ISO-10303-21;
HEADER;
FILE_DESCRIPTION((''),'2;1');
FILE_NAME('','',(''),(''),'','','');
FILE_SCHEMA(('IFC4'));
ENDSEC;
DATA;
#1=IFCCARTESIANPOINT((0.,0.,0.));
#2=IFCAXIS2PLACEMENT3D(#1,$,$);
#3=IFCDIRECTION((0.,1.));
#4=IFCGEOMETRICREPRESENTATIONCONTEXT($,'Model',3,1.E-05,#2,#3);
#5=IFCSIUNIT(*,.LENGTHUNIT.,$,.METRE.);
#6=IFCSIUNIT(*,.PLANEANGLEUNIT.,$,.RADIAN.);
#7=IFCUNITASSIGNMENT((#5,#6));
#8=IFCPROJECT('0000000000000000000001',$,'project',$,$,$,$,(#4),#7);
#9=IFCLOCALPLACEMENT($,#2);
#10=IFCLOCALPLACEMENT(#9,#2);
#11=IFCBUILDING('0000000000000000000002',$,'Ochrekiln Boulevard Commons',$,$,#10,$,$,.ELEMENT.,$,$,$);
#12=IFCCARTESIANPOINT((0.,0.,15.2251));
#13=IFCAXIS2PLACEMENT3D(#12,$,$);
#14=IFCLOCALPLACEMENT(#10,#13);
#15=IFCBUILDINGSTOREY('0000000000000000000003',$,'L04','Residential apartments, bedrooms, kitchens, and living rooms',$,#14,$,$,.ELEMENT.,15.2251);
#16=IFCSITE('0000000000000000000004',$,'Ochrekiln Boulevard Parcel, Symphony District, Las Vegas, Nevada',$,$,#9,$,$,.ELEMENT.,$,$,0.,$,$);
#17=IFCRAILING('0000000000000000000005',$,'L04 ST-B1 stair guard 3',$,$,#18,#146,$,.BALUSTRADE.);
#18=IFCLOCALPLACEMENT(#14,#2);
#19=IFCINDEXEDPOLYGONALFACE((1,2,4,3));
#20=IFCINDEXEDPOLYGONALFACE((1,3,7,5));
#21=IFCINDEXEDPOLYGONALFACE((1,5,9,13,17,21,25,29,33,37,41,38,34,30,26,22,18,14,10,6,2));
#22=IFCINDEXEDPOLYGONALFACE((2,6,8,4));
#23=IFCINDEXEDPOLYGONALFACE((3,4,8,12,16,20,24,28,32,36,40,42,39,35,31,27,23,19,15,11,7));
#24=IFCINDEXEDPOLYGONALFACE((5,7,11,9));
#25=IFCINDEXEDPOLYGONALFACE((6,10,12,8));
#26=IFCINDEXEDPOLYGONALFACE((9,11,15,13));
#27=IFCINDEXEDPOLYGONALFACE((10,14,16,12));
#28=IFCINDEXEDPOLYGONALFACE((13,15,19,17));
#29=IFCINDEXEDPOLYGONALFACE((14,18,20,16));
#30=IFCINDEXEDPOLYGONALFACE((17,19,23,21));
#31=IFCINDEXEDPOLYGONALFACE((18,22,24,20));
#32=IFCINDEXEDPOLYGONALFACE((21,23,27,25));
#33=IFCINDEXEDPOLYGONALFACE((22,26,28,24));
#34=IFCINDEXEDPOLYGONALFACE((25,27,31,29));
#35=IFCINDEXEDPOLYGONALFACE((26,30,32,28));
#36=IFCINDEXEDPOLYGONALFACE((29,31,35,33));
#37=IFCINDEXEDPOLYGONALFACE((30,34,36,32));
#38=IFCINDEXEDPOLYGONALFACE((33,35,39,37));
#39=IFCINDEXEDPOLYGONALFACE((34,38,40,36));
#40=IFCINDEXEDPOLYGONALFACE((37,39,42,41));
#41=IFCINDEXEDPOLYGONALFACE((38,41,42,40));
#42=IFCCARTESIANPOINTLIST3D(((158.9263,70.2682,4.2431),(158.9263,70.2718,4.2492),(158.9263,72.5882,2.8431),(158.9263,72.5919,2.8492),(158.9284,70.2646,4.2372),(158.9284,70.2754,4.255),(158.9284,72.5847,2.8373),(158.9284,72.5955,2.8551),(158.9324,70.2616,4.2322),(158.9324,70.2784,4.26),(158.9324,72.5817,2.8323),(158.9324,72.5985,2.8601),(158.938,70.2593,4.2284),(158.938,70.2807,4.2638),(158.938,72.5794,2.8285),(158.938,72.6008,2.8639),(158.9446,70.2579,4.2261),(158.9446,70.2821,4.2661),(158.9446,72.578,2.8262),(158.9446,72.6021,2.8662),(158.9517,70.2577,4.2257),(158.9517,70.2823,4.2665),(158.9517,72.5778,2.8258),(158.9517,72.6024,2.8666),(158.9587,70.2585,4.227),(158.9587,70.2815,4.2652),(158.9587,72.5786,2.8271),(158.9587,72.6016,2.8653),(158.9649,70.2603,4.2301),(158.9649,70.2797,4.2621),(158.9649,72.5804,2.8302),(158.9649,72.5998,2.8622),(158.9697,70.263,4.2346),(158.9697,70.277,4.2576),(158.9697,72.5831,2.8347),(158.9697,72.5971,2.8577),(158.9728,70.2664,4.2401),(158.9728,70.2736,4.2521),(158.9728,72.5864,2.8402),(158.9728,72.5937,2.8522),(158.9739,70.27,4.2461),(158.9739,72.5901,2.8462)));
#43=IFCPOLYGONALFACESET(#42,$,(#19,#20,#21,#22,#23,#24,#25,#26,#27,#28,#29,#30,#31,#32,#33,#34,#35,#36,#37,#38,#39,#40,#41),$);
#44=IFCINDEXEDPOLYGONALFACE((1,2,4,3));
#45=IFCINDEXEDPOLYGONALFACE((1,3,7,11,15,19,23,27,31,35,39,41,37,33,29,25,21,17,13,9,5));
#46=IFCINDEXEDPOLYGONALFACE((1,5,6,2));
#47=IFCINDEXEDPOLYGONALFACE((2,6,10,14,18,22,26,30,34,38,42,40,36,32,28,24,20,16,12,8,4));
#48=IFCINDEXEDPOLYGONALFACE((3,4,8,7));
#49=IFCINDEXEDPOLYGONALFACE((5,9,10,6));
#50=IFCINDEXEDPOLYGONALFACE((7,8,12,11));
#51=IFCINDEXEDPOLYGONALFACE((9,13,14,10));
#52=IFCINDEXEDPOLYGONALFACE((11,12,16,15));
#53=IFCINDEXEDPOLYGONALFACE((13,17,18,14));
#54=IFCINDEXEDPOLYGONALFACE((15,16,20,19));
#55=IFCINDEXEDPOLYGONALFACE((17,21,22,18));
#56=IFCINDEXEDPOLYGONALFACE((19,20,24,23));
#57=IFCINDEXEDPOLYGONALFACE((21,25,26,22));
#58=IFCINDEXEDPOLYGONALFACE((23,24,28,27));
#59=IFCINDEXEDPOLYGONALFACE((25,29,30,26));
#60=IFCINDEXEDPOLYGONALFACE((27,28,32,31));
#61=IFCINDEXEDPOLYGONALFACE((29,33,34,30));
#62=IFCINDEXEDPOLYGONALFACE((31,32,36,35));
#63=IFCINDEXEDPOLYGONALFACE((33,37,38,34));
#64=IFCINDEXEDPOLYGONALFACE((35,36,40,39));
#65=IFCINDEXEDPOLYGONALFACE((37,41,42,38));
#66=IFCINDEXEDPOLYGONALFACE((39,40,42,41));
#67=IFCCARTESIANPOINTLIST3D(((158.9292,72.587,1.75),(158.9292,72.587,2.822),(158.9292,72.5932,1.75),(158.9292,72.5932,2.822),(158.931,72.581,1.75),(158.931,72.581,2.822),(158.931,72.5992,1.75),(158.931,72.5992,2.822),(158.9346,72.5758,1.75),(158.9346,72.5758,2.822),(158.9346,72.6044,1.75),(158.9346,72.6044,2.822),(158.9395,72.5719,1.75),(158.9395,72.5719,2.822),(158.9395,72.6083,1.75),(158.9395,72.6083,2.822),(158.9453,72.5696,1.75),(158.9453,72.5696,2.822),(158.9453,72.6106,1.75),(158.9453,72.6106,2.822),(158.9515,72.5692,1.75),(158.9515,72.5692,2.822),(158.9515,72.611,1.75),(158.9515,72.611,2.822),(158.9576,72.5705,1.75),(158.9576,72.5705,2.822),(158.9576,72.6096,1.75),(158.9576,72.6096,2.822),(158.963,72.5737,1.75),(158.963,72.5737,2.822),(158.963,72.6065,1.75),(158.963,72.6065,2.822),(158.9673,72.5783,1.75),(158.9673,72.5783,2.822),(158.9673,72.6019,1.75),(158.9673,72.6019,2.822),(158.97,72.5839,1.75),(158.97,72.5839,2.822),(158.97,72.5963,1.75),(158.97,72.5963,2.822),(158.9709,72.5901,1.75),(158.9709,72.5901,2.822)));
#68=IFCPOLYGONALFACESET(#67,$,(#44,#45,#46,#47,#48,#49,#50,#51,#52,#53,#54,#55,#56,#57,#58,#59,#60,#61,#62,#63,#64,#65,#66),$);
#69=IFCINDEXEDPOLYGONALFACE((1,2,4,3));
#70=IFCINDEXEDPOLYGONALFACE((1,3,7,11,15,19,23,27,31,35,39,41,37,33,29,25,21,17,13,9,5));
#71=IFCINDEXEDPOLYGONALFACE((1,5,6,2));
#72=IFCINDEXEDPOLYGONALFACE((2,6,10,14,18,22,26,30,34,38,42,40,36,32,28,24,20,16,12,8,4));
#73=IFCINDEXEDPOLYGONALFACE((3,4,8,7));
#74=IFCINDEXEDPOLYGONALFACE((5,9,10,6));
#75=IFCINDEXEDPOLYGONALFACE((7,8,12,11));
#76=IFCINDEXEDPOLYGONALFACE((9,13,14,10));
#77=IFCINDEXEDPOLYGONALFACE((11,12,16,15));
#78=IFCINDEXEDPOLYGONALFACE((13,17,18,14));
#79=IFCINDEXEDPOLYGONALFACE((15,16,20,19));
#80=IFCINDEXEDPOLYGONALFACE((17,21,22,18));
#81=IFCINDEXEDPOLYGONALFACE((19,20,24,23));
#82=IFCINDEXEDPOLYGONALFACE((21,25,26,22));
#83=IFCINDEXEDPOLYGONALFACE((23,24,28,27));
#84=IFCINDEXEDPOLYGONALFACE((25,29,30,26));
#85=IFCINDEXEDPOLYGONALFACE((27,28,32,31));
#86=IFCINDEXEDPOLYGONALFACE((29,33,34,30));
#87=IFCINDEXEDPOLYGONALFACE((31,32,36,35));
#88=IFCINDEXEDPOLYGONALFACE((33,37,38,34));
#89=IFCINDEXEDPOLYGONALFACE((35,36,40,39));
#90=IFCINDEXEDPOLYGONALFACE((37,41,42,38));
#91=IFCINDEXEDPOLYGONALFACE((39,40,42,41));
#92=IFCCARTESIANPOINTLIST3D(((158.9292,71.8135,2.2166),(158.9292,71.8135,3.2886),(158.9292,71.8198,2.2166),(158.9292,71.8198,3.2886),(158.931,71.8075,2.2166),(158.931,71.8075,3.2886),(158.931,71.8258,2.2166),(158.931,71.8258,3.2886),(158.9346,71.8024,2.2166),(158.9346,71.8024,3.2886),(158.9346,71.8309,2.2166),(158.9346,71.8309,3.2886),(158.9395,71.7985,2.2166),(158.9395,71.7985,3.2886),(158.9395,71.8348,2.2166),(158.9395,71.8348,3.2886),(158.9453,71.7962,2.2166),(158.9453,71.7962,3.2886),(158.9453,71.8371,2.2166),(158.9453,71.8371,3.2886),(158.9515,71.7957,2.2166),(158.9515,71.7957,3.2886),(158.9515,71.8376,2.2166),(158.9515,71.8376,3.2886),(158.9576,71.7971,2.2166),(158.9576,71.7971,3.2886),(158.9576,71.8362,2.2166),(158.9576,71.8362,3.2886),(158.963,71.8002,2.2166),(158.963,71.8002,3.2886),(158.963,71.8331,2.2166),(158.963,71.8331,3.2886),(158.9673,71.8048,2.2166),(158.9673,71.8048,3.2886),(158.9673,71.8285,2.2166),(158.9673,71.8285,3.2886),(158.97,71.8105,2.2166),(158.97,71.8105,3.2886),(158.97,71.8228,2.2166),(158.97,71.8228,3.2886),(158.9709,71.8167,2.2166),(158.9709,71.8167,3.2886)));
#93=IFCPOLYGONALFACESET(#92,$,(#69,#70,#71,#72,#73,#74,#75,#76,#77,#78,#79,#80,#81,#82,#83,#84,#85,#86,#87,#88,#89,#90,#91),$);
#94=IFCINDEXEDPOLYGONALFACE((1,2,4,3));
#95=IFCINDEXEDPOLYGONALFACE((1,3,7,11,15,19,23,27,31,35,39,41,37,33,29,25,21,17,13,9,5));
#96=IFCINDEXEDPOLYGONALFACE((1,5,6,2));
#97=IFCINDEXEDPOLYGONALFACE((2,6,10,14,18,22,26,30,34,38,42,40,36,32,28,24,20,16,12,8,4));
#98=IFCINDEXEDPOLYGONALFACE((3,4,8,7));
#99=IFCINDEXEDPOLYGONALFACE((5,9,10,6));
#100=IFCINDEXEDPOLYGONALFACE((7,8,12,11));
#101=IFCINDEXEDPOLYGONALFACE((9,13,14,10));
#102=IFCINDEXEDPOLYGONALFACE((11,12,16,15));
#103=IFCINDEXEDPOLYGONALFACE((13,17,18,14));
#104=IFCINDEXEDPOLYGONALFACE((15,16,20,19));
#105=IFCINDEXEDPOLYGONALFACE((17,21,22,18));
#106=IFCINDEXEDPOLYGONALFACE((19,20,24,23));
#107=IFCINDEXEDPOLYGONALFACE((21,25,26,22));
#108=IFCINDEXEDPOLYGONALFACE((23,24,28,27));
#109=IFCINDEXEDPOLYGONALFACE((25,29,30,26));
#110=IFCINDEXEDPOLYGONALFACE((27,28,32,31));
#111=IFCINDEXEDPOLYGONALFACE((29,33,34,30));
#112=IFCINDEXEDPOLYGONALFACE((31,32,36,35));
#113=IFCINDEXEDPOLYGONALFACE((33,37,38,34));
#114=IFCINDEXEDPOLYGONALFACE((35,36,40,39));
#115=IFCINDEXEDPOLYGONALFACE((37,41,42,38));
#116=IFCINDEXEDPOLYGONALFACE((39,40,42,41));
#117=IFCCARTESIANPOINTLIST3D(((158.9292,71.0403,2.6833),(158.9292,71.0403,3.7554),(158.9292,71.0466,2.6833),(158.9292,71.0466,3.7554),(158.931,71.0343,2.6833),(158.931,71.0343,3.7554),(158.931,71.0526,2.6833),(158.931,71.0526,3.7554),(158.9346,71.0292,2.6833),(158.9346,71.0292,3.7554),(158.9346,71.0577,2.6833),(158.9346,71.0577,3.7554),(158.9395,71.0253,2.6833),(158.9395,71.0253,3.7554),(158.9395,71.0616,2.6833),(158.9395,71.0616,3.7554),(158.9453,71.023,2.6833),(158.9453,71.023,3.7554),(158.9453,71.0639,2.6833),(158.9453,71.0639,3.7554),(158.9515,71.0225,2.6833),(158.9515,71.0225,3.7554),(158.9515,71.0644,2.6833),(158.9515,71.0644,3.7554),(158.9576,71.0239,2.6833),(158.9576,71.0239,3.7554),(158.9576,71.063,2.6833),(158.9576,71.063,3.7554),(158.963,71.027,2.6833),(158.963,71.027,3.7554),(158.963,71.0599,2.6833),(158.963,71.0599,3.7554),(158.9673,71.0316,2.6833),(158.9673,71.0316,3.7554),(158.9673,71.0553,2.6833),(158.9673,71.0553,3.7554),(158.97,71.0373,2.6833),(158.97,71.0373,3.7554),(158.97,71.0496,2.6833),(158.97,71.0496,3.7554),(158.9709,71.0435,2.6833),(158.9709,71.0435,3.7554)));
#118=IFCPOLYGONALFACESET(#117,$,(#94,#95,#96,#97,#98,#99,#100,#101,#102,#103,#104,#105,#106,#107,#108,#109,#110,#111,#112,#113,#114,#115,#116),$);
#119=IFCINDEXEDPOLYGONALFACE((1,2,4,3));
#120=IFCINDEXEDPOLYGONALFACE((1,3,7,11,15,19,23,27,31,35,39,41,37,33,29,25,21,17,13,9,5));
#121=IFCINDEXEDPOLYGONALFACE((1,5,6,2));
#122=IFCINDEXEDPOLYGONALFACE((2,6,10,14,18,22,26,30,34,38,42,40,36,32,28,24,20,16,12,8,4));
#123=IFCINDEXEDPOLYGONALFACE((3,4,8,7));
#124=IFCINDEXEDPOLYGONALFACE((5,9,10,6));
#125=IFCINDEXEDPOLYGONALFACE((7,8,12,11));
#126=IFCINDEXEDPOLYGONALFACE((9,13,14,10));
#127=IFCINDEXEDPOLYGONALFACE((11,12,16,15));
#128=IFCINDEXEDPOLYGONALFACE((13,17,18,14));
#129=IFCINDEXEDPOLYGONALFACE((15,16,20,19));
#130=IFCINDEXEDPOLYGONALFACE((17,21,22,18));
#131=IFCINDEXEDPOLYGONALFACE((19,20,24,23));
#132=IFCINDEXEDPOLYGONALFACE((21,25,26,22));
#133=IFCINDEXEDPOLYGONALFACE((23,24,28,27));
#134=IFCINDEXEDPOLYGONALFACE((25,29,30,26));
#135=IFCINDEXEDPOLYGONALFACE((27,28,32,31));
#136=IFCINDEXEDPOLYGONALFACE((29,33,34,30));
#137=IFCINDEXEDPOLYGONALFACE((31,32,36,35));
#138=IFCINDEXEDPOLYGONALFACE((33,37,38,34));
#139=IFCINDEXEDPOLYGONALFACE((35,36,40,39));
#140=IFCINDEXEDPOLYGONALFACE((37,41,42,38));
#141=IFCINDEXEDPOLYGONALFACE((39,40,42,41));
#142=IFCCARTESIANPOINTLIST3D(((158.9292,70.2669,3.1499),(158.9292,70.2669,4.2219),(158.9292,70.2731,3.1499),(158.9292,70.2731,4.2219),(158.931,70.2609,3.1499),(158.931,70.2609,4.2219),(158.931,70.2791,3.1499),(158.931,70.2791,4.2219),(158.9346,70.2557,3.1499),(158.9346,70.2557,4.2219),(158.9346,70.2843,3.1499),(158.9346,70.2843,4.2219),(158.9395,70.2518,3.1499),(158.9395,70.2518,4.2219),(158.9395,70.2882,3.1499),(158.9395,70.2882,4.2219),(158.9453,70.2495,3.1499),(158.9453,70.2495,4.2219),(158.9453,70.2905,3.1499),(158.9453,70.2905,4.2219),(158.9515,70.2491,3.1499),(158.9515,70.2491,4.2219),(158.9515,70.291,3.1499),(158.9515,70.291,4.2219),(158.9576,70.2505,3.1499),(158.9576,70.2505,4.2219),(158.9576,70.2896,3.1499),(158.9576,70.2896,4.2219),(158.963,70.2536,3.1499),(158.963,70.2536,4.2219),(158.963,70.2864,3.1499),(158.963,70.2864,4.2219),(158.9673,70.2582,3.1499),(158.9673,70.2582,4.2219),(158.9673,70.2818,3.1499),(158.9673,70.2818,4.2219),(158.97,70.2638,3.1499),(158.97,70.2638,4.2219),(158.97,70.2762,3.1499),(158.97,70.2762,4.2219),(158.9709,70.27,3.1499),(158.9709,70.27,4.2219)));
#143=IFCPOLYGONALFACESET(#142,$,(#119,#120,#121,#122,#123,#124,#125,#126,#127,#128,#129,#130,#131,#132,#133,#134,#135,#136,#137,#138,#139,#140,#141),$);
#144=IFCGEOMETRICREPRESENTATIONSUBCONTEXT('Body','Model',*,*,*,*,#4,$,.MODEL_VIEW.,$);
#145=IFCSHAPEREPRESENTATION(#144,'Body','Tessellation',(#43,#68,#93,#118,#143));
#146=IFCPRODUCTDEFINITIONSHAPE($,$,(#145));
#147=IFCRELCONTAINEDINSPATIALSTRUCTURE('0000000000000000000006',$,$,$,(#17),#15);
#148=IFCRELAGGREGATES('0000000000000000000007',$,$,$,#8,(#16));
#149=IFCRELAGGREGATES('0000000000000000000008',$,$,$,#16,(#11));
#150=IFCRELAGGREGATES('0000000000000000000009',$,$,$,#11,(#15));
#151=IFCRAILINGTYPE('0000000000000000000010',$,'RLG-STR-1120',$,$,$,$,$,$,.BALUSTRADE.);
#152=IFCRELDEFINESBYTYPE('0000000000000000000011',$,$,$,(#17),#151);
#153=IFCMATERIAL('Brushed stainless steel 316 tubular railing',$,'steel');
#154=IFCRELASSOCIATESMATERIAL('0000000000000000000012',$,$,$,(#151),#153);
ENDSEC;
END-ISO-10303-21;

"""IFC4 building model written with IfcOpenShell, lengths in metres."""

from ifc_helpers import new_model, si_unit, direction, frame, origin, origin_2d, place, context, subcontext, project, spatial, circle, extrude, material, type_object, element, save


model = new_model("IFC4")

# Units and contexts
model_context = context("Model", 3, precision=1e-05, world=origin(), true_north=direction((0.0, 1.0)))
body_context = subcontext(model_context, "Body", "Model", "MODEL_VIEW")
ifc_project = project(units=[si_unit("LENGTHUNIT", "METRE"), si_unit("PLANEANGLEUNIT", "RADIAN")], contexts=[model_context])

# Site, building, storey
site_placement = place(None, origin())
site = spatial("IfcSite", under=ifc_project, at=site_placement, Name="Ochrekiln Boulevard Parcel, Symphony District, Las Vegas, Nevada", CompositionType="ELEMENT", RefElevation=0.0)
building_placement = place(site_placement, origin())
building = spatial("IfcBuilding", under=site, at=building_placement, Name="Ochrekiln Boulevard Commons", CompositionType="ELEMENT")
storey_placement = place(building_placement, frame((0.0, 0.0, 15.2251)))
storey = spatial("IfcBuildingStorey", under=building, at=storey_placement, Name="L04", Description="Residential apartments, bedrooms, kitchens, and living rooms", CompositionType="ELEMENT", Elevation=15.2251)

# Railing
ifc_material_1 = material(Name="Brushed stainless steel 316 tubular railing", Category="steel")
railing_type_1 = type_object("IfcRailingType", Name="RLG-STR-1120", PredefinedType="BALUSTRADE", material=ifc_material_1)
railing_1_placement = place(storey_placement, frame((158.95, 72.5901, 1.75)))
element("IfcRailing", 1, at=railing_1_placement, inside=storey, type_object=railing_type_1, Name="L04 ST-B1 stair guard 3", PredefinedType="BALUSTRADE", context=body_context, shape_type="SweptSolid", body=[
    extrude(circle(Radius=0.0239, at=origin_2d()), frame((0.0, 0.0, 1.0962), z_axis=(0.0, -0.85621, 0.516627), x_axis=(1.0, 0.0, 0.0)), (0.0, 0.0, 1.0), 2.7097),
    extrude(circle(Radius=0.021, at=origin_2d()), origin(), (0.0, 0.0, 1.0), 1.072),
    extrude(circle(Radius=0.021, at=origin_2d()), frame((0.0, -0.7734, 0.4666)), (0.0, 0.0, 1.0), 1.072),
    extrude(circle(Radius=0.021, at=origin_2d()), frame((0.0, -1.5466, 0.9333)), (0.0, 0.0, 1.0), 1.072),
    extrude(circle(Radius=0.021, at=origin_2d()), frame((0.0, -2.3201, 1.3999)), (0.0, 0.0, 1.0), 1.072),
])

save(model, "model.ifc")
